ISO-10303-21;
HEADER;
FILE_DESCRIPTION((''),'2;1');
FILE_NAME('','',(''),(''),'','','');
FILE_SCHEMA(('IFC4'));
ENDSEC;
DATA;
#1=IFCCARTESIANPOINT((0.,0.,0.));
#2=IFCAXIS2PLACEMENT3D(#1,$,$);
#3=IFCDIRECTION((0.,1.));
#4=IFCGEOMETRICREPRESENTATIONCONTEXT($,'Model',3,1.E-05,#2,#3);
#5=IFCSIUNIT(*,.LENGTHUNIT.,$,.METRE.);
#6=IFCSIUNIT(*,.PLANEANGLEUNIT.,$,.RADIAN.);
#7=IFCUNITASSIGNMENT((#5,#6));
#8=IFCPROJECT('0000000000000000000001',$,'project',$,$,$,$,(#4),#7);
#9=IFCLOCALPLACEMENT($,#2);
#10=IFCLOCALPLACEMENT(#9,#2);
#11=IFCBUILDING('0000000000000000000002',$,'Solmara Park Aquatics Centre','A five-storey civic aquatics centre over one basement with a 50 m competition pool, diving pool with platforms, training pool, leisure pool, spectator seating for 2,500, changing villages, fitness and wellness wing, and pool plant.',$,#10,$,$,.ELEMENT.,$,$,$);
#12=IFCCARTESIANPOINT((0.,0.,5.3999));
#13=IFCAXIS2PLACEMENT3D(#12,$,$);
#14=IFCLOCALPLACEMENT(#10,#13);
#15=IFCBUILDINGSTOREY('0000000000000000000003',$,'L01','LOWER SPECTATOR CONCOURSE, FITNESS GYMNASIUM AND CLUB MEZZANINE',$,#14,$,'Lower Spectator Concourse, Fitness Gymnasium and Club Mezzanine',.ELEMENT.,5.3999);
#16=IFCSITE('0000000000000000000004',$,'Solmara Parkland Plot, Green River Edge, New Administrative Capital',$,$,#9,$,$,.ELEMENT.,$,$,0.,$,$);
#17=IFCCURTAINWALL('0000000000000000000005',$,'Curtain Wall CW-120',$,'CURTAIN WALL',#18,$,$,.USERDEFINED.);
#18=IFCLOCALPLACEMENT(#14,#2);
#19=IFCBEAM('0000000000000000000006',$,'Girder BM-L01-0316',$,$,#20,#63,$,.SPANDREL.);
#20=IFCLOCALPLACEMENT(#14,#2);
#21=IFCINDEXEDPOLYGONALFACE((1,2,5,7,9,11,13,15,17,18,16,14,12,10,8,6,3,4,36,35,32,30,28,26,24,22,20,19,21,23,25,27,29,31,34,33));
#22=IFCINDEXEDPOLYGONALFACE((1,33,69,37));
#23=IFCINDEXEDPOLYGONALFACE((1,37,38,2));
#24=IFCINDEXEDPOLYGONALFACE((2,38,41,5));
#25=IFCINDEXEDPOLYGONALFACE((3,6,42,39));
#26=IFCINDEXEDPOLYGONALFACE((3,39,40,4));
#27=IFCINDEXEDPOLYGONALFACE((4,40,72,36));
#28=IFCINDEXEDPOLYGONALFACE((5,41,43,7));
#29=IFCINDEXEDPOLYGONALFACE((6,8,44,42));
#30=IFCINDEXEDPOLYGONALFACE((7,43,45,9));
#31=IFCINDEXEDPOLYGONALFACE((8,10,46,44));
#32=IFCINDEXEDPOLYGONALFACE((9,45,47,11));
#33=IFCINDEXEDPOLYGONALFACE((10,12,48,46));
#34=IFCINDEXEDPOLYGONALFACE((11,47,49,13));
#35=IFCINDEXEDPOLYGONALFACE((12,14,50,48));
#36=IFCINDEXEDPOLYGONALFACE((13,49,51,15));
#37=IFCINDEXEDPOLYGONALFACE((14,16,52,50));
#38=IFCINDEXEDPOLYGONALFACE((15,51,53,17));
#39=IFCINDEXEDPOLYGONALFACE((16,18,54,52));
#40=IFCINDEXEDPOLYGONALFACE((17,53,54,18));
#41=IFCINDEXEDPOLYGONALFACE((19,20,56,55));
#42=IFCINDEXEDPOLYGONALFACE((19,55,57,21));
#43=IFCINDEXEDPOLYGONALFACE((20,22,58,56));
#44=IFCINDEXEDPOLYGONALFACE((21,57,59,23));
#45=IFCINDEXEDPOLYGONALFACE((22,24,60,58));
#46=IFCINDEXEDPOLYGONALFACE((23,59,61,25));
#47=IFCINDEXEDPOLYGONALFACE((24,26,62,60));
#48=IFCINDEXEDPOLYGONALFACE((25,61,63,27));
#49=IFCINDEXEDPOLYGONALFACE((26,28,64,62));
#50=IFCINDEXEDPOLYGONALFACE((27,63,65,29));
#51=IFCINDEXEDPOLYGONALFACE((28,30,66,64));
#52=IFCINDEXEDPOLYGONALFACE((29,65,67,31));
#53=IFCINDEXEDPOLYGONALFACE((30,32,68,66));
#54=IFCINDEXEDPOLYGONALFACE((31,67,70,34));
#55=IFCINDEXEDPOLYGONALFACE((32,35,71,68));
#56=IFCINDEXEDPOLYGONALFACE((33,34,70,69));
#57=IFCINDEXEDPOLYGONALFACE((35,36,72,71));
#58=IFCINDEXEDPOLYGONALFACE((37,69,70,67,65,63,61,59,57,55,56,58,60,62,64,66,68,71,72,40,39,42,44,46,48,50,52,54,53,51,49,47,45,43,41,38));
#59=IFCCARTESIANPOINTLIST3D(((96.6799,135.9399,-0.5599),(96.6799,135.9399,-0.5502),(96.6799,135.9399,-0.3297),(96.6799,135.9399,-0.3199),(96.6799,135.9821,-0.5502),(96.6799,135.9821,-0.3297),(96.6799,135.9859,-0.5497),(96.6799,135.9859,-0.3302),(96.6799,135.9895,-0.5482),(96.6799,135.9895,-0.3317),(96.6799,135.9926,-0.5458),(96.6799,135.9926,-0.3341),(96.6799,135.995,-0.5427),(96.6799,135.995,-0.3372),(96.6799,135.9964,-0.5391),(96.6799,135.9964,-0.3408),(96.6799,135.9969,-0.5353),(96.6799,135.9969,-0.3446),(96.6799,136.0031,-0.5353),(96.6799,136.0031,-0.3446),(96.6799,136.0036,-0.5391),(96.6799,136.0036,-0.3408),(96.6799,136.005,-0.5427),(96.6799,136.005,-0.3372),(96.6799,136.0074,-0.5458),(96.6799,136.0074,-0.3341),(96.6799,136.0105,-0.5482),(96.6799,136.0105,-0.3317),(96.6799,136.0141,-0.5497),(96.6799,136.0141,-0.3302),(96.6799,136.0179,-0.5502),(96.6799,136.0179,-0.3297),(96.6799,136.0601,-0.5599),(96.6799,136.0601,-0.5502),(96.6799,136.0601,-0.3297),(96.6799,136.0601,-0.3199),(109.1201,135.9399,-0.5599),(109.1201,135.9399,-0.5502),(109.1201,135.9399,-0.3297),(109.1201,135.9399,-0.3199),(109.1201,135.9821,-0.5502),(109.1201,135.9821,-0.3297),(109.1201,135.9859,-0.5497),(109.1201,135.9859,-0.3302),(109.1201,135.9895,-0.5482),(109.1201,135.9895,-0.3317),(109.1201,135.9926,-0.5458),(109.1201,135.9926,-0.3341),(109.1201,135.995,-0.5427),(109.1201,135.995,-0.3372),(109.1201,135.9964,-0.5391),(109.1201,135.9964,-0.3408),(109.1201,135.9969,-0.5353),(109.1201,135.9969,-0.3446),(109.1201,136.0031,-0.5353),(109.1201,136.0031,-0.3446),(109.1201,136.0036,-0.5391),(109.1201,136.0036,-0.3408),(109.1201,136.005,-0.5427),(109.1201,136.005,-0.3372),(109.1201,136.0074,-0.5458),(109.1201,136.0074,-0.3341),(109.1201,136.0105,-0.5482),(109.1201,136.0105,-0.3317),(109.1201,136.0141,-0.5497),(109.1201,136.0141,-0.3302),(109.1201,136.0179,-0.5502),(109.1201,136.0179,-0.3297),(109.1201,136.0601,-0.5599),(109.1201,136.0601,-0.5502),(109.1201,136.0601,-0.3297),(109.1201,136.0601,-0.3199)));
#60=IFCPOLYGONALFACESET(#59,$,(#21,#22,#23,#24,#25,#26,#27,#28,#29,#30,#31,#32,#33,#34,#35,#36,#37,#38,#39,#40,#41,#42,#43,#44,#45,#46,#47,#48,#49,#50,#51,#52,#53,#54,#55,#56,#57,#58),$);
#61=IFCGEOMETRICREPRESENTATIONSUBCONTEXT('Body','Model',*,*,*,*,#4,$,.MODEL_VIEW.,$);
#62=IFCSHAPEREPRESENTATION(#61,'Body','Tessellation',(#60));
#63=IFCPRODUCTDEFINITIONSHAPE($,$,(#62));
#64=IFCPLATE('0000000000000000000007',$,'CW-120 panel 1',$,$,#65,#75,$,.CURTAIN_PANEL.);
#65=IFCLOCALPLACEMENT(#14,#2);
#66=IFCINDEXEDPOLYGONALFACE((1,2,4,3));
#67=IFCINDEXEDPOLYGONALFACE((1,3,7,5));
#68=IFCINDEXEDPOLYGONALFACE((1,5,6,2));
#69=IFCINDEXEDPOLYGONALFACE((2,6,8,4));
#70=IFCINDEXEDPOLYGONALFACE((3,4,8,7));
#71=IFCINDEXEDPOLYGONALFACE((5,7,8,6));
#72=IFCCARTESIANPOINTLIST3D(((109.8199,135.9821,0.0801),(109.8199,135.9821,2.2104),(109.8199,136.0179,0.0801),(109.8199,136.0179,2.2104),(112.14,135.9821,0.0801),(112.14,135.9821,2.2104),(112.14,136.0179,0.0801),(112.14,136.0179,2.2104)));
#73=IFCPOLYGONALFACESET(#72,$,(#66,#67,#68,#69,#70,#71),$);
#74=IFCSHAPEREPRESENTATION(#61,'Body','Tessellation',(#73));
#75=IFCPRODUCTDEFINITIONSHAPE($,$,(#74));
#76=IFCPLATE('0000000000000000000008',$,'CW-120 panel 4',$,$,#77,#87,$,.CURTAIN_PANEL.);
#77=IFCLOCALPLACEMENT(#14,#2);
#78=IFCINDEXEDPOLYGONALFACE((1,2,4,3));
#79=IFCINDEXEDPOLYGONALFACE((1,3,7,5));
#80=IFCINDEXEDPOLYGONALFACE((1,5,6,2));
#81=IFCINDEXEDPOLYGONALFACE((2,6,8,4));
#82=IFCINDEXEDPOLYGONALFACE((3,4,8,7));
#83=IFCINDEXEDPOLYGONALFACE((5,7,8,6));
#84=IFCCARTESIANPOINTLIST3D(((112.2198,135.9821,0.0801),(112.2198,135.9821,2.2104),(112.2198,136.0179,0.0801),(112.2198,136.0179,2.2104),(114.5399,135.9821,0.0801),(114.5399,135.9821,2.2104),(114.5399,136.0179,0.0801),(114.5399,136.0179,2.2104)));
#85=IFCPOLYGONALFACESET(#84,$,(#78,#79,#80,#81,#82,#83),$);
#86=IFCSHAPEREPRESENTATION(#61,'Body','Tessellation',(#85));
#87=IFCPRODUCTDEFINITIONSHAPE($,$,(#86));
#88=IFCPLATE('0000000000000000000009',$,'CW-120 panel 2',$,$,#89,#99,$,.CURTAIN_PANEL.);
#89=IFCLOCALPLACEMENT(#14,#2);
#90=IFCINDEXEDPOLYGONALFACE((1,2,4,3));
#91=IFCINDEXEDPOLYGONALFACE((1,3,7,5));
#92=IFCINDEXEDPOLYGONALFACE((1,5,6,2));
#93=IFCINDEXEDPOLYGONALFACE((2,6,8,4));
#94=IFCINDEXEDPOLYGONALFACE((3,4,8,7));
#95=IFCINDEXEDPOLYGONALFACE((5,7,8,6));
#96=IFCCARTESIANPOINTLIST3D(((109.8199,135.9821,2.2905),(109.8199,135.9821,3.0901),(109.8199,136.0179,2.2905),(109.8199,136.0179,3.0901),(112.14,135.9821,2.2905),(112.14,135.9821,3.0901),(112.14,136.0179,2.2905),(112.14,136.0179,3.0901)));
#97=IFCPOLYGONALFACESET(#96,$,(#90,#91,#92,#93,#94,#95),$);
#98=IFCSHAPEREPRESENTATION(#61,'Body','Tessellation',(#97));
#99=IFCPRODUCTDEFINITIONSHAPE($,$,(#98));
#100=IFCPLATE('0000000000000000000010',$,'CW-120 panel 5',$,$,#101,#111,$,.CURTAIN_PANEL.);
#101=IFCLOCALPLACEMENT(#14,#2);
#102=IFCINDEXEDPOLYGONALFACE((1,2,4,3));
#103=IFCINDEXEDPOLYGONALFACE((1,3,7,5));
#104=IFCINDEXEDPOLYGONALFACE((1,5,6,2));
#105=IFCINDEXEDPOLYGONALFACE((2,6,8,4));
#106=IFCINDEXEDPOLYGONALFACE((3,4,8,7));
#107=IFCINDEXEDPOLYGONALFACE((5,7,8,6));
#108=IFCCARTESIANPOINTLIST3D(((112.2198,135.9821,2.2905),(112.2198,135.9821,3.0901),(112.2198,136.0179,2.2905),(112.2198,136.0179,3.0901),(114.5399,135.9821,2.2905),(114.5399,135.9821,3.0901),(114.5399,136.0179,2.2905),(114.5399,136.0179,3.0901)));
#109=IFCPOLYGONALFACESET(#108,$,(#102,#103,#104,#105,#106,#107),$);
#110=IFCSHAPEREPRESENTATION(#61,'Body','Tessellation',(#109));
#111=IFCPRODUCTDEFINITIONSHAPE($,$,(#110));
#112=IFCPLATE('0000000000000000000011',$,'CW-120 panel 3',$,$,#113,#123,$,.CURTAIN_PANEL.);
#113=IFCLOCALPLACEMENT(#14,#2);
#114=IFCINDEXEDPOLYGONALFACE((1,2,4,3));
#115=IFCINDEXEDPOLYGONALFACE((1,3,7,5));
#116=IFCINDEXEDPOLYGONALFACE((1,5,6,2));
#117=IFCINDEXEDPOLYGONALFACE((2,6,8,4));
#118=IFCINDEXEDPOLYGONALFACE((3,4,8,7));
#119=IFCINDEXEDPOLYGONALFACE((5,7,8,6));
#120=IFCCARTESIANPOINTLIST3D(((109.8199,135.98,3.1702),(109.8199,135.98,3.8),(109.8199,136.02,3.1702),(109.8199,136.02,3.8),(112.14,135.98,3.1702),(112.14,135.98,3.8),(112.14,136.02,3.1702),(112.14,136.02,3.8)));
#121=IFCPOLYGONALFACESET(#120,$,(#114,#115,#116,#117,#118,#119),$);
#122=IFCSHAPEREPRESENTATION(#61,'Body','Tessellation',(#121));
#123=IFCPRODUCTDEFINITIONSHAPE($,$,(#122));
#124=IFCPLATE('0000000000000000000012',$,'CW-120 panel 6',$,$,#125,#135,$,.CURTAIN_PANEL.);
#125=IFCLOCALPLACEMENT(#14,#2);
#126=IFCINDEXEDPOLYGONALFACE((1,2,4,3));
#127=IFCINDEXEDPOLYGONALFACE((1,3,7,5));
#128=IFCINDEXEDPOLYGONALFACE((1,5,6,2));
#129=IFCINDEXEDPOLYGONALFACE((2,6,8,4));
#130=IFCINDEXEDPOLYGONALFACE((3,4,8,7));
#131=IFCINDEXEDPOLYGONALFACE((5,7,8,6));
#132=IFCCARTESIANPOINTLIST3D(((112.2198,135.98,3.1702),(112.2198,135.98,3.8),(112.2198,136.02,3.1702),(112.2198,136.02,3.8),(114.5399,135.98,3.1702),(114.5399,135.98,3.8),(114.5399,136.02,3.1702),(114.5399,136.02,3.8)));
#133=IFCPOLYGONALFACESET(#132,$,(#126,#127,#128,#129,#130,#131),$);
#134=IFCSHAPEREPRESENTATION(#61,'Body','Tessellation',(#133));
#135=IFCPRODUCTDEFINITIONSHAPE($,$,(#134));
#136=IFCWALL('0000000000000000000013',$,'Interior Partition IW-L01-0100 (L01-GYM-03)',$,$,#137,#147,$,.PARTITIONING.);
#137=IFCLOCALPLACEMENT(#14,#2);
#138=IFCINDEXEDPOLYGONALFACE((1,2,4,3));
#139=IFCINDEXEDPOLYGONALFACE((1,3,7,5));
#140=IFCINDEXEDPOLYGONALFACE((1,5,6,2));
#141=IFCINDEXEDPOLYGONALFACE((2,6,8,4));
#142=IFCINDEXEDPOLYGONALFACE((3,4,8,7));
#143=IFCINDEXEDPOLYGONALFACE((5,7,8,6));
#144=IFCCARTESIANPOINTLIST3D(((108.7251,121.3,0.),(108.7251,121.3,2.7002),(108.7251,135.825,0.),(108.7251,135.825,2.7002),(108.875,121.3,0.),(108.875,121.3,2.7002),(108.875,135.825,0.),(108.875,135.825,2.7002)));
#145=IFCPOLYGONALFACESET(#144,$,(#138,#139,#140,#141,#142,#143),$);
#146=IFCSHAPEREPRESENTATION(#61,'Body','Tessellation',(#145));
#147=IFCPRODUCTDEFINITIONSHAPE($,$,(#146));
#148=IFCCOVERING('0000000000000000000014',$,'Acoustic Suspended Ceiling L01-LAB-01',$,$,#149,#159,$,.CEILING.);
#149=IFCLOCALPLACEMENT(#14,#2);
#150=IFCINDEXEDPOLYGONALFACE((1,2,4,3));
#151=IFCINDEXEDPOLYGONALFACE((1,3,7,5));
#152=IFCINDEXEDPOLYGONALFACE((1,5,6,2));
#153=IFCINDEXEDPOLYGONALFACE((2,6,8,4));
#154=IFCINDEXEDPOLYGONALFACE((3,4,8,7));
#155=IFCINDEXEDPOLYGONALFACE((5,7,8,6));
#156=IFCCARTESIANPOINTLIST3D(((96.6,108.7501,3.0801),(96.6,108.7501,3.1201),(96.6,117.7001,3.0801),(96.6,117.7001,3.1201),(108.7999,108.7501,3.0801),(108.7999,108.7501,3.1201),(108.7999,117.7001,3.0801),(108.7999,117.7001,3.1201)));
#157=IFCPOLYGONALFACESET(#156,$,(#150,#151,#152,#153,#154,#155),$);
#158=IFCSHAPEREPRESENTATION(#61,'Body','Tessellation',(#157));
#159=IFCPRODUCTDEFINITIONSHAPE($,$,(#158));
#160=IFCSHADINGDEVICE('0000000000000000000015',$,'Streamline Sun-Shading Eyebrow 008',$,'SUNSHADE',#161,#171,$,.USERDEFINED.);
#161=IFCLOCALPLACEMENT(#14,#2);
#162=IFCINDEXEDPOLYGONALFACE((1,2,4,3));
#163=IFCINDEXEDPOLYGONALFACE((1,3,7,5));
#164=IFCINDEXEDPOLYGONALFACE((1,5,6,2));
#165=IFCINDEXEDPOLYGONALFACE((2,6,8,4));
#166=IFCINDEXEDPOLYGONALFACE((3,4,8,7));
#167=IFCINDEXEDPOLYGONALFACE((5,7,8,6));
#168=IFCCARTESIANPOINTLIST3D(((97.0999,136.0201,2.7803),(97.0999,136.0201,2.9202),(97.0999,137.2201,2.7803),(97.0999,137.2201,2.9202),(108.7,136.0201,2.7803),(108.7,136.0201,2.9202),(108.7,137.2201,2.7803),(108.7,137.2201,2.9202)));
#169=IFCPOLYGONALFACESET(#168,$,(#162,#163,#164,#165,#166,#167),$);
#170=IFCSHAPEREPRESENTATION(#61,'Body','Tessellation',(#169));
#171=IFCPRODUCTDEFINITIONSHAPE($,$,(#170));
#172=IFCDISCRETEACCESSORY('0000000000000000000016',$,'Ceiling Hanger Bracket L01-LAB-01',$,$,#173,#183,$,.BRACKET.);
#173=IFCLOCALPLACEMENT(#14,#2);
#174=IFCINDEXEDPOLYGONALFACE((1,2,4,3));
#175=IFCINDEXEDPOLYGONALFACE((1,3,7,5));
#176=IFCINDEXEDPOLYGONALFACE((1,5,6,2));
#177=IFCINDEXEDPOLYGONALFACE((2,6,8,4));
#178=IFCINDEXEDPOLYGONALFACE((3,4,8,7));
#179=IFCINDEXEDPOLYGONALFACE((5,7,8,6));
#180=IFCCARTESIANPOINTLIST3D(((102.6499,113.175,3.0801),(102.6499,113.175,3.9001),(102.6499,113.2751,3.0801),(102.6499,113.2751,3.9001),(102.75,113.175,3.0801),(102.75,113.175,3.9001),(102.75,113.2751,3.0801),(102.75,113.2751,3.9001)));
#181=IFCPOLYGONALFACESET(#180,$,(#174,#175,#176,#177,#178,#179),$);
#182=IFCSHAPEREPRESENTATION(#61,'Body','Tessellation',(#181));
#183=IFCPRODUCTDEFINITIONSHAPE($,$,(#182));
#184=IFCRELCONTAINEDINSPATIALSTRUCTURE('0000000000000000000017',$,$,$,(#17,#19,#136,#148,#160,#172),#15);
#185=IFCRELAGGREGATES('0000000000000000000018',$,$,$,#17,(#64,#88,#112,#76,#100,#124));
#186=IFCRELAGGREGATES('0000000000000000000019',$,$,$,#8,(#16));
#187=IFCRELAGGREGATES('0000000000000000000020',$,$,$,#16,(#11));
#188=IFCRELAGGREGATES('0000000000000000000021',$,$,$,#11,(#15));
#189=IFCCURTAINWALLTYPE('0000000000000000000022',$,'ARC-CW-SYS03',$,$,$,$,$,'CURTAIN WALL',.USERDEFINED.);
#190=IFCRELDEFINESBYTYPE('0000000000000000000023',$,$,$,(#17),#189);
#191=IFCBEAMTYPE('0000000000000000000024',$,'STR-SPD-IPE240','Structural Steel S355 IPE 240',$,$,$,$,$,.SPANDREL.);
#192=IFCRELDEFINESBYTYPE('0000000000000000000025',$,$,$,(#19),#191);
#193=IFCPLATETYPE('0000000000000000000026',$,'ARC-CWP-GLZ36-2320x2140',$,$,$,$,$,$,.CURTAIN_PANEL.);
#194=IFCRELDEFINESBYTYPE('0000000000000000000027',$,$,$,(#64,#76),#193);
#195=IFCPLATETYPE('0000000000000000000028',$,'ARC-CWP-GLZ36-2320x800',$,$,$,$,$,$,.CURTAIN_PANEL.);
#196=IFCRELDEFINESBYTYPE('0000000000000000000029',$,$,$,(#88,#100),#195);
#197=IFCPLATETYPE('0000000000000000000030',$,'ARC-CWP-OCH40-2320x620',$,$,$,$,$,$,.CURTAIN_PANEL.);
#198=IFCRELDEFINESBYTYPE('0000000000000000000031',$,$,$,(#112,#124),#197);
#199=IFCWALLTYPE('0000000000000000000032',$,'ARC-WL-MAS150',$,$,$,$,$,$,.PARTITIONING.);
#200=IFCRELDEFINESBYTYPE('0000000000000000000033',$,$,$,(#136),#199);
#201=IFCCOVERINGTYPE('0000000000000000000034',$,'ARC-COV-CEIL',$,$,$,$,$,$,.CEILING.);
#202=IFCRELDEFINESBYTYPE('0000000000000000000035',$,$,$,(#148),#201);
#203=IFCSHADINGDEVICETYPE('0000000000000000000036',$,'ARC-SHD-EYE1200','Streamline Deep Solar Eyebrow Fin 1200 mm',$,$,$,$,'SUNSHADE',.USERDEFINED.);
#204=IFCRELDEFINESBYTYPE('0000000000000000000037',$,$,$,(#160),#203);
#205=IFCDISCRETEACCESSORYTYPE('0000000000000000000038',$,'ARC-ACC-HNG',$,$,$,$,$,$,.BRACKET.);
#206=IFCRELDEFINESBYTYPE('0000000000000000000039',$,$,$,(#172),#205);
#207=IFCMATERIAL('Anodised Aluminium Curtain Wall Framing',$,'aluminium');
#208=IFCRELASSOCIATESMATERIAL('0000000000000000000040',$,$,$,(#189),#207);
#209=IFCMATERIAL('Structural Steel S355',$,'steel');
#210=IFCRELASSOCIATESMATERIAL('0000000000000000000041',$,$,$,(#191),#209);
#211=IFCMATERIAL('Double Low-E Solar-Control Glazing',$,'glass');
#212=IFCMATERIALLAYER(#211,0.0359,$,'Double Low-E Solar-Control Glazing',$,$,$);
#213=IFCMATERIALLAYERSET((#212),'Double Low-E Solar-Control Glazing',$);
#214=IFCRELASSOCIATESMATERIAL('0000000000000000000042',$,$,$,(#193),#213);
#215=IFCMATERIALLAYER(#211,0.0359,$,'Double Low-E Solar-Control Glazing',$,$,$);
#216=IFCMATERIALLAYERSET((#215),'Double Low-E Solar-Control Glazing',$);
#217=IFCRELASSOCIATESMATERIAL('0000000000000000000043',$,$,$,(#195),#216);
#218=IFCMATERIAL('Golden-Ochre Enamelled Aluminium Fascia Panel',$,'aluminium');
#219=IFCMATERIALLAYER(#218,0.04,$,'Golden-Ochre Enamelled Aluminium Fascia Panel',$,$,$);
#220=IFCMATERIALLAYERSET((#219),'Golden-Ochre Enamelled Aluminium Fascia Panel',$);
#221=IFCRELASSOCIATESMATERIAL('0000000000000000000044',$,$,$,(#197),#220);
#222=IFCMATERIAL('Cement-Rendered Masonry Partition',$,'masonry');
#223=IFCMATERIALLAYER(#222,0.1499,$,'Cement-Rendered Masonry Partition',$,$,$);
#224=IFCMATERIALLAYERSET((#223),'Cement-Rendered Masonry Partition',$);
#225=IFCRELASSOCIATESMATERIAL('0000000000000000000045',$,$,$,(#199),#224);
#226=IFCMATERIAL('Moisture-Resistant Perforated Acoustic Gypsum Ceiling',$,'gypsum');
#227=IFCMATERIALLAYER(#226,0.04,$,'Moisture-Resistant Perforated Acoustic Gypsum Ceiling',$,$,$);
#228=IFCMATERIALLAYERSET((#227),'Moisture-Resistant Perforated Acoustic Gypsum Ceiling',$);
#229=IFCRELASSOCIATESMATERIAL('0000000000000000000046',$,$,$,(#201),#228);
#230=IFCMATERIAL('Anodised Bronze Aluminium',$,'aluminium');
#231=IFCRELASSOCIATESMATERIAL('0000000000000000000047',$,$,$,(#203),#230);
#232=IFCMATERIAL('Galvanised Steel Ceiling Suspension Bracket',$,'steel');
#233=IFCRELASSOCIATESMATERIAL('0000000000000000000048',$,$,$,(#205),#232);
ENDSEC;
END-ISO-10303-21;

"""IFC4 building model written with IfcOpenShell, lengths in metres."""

from ifc_helpers import new_model, si_unit, direction, frame, frame_2d, origin, origin_2d, place, context, subcontext, project, spatial, rectangle, i_section, extrude, material, layer, layer_set, material_profile, profile_set, type_object, element, aggregate, save


model = new_model("IFC4")

# Units and contexts
model_context = context("Model", 3, precision=1e-05, world=origin(), true_north=direction((0.0, 1.0)))
body_context = subcontext(model_context, "Body", "Model", "MODEL_VIEW")
ifc_project = project(units=[si_unit("LENGTHUNIT", "METRE"), si_unit("PLANEANGLEUNIT", "RADIAN")], contexts=[model_context])

# Site, building, storey
site_placement = place(None, origin())
site = spatial("IfcSite", under=ifc_project, at=site_placement, Name="Solmara Parkland Plot, Green River Edge, New Administrative Capital", CompositionType="ELEMENT", RefElevation=0.0)
building_placement = place(site_placement, origin())
building = spatial("IfcBuilding", under=site, at=building_placement, Name="Solmara Park Aquatics Centre", Description="A five-storey civic aquatics centre over one basement with a 50 m competition pool, diving pool with platforms, training pool, leisure pool, spectator seating for 2,500, changing villages, fitness and wellness wing, and pool plant.", CompositionType="ELEMENT")
storey_placement = place(building_placement, frame((0.0, 0.0, 5.3999)))
storey = spatial("IfcBuildingStorey", under=building, at=storey_placement, Name="L01", Description="LOWER SPECTATOR CONCOURSE, FITNESS GYMNASIUM AND CLUB MEZZANINE", LongName="Lower Spectator Concourse, Fitness Gymnasium and Club Mezzanine", CompositionType="ELEMENT", Elevation=5.3999)

# Shared definitions
ifc_material_1 = material(Name="Structural Steel S355", Category="steel")

# Curtain wall
ifc_material_2 = material(Name="Anodised Aluminium Curtain Wall Framing", Category="aluminium")
curtain_wall_type = type_object("IfcCurtainWallType", Name="ARC-CW-SYS03", ElementType="CURTAIN WALL", PredefinedType="USERDEFINED", material=ifc_material_2)
curtain_wall_placement = place(storey_placement, origin())
curtain_wall = element("IfcCurtainWall", 1, at=curtain_wall_placement, inside=storey, type_object=curtain_wall_type, Name="Curtain Wall CW-120", ObjectType="CURTAIN WALL", PredefinedType="USERDEFINED")

# Beam
ifc_material_profile_1 = material_profile(ifc_material_1, i_section(OverallWidth=0.1201, OverallDepth=0.24, WebThickness=0.0061, FlangeThickness=0.0098, FilletRadius=0.0149, at=origin_2d()), Name="IPE 240")
ifc_profile_set_1 = profile_set([ifc_material_profile_1], Name="Structural Steel S355")
beam_type_1 = type_object("IfcBeamType", Name="STR-SPD-IPE240", Description="Structural Steel S355 IPE 240", PredefinedType="SPANDREL", material=ifc_profile_set_1)
beam_1_placement = place(storey_placement, frame((96.6799, 136.0, -0.4399), z_axis=(1.0, 0.0, 0.0), x_axis=(0.0, 1.0, 0.0)))
element("IfcBeam", 2, at=beam_1_placement, inside=storey, type_object=beam_type_1, Name="Girder BM-L01-0316", PredefinedType="SPANDREL", context=body_context, shape_type="SweptSolid", body=[
    extrude(i_section(OverallWidth=0.1201, OverallDepth=0.24, WebThickness=0.0061, FlangeThickness=0.0098, FilletRadius=0.0149, at=origin_2d()), origin(), (0.0, 0.0, 1.0), 12.4402),
])

# Plates
ifc_material_3 = material(Name="Double Low-E Solar-Control Glazing", Category="glass")
ifc_layer_1 = layer(ifc_material_3, 0.0359, Name="Double Low-E Solar-Control Glazing")
ifc_layer_set_1 = layer_set([ifc_layer_1], Name="Double Low-E Solar-Control Glazing")
plate_type_1 = type_object("IfcPlateType", Name="ARC-CWP-GLZ36-2320x2140", PredefinedType="CURTAIN_PANEL", material=ifc_layer_set_1)
plate_1_placement = place(storey_placement, frame((110.98, 136.0, 0.0801), z_axis=(0.0, 0.0, 1.0), x_axis=(1.0, 0.0, 0.0)))
plate_1 = element("IfcPlate", 3, at=plate_1_placement, type_object=plate_type_1, Name="CW-120 panel 1", PredefinedType="CURTAIN_PANEL", context=body_context, shape_type="SweptSolid", body=[
    extrude(rectangle(XDim=2.3201, YDim=0.0359, at=origin_2d()), origin(), (0.0, 0.0, 1.0), 2.1304),
])
plate_2_placement = place(storey_placement, frame((113.3799, 136.0, 0.0801), z_axis=(0.0, 0.0, 1.0), x_axis=(1.0, 0.0, 0.0)))
plate_2 = element("IfcPlate", 4, at=plate_2_placement, type_object=plate_type_1, Name="CW-120 panel 4", PredefinedType="CURTAIN_PANEL", context=body_context, shape_type="SweptSolid", body=[
    extrude(rectangle(XDim=2.3201, YDim=0.0359, at=origin_2d()), origin(), (0.0, 0.0, 1.0), 2.1304),
])
ifc_layer_2 = layer(ifc_material_3, 0.0359, Name="Double Low-E Solar-Control Glazing")
ifc_layer_set_2 = layer_set([ifc_layer_2], Name="Double Low-E Solar-Control Glazing")
plate_type_2 = type_object("IfcPlateType", Name="ARC-CWP-GLZ36-2320x800", PredefinedType="CURTAIN_PANEL", material=ifc_layer_set_2)
plate_3_placement = place(storey_placement, frame((110.98, 136.0, 2.2905), z_axis=(0.0, 0.0, 1.0), x_axis=(1.0, 0.0, 0.0)))
plate_3 = element("IfcPlate", 5, at=plate_3_placement, type_object=plate_type_2, Name="CW-120 panel 2", PredefinedType="CURTAIN_PANEL", context=body_context, shape_type="SweptSolid", body=[
    extrude(rectangle(XDim=2.3201, YDim=0.0359, at=origin_2d()), origin(), (0.0, 0.0, 1.0), 0.7996),
])
plate_4_placement = place(storey_placement, frame((113.3799, 136.0, 2.2905), z_axis=(0.0, 0.0, 1.0), x_axis=(1.0, 0.0, 0.0)))
plate_4 = element("IfcPlate", 6, at=plate_4_placement, type_object=plate_type_2, Name="CW-120 panel 5", PredefinedType="CURTAIN_PANEL", context=body_context, shape_type="SweptSolid", body=[
    extrude(rectangle(XDim=2.3201, YDim=0.0359, at=origin_2d()), origin(), (0.0, 0.0, 1.0), 0.7996),
])
ifc_material_4 = material(Name="Golden-Ochre Enamelled Aluminium Fascia Panel", Category="aluminium")
ifc_layer_3 = layer(ifc_material_4, 0.04, Name="Golden-Ochre Enamelled Aluminium Fascia Panel")
ifc_layer_set_3 = layer_set([ifc_layer_3], Name="Golden-Ochre Enamelled Aluminium Fascia Panel")
plate_type_3 = type_object("IfcPlateType", Name="ARC-CWP-OCH40-2320x620", PredefinedType="CURTAIN_PANEL", material=ifc_layer_set_3)
plate_5_placement = place(storey_placement, frame((110.98, 136.0, 3.1702), z_axis=(0.0, 0.0, 1.0), x_axis=(1.0, 0.0, 0.0)))
plate_5 = element("IfcPlate", 7, at=plate_5_placement, type_object=plate_type_3, Name="CW-120 panel 3", PredefinedType="CURTAIN_PANEL", context=body_context, shape_type="SweptSolid", body=[
    extrude(rectangle(XDim=2.3201, YDim=0.04, at=origin_2d()), origin(), (0.0, 0.0, 1.0), 0.6299),
])
plate_6_placement = place(storey_placement, frame((113.3799, 136.0, 3.1702), z_axis=(0.0, 0.0, 1.0), x_axis=(1.0, 0.0, 0.0)))
plate_6 = element("IfcPlate", 8, at=plate_6_placement, type_object=plate_type_3, Name="CW-120 panel 6", PredefinedType="CURTAIN_PANEL", context=body_context, shape_type="SweptSolid", body=[
    extrude(rectangle(XDim=2.3201, YDim=0.04, at=origin_2d()), origin(), (0.0, 0.0, 1.0), 0.6299),
])
aggregate(curtain_wall, [plate_1, plate_3, plate_5, plate_2, plate_4, plate_6])

# Wall
ifc_material_5 = material(Name="Cement-Rendered Masonry Partition", Category="masonry")
ifc_layer_4 = layer(ifc_material_5, 0.1499, Name="Cement-Rendered Masonry Partition")
ifc_layer_set_4 = layer_set([ifc_layer_4], Name="Cement-Rendered Masonry Partition")
wall_type = type_object("IfcWallType", Name="ARC-WL-MAS150", PredefinedType="PARTITIONING", material=ifc_layer_set_4)
wall_placement = place(storey_placement, frame((108.8, 121.3, 0.0), z_axis=(0.0, 0.0, 1.0), x_axis=(0.0, 1.0, 0.0)))
element("IfcWall", 9, at=wall_placement, inside=storey, type_object=wall_type, Name="Interior Partition IW-L01-0100 (L01-GYM-03)", PredefinedType="PARTITIONING", context=body_context, shape_type="SweptSolid", body=[
    extrude(rectangle(XDim=14.5249, YDim=0.1499, at=frame_2d((7.2625, 0.0))), origin(), (0.0, 0.0, 1.0), 2.7002),
])

# Covering
ifc_material_6 = material(Name="Moisture-Resistant Perforated Acoustic Gypsum Ceiling", Category="gypsum")
ifc_layer_5 = layer(ifc_material_6, 0.04, Name="Moisture-Resistant Perforated Acoustic Gypsum Ceiling")
ifc_layer_set_5 = layer_set([ifc_layer_5], Name="Moisture-Resistant Perforated Acoustic Gypsum Ceiling")
covering_type = type_object("IfcCoveringType", Name="ARC-COV-CEIL", PredefinedType="CEILING", material=ifc_layer_set_5)
covering_placement = place(storey_placement, frame((102.7, 113.2251, 3.0801), z_axis=(0.0, 0.0, 1.0), x_axis=(1.0, 0.0, 0.0)))
element("IfcCovering", 10, at=covering_placement, inside=storey, type_object=covering_type, Name="Acoustic Suspended Ceiling L01-LAB-01", PredefinedType="CEILING", context=body_context, shape_type="SweptSolid", body=[
    extrude(rectangle(XDim=12.2, YDim=8.95, at=origin_2d()), origin(), (0.0, 0.0, 1.0), 0.04),
])

# Shading device
ifc_material_7 = material(Name="Anodised Bronze Aluminium", Category="aluminium")
shading_device_type = type_object("IfcShadingDeviceType", Name="ARC-SHD-EYE1200", Description="Streamline Deep Solar Eyebrow Fin 1200 mm", ElementType="SUNSHADE", PredefinedType="USERDEFINED", material=ifc_material_7)
shading_device_placement = place(storey_placement, frame((102.8999, 136.6201, 2.7803), z_axis=(0.0, 0.0, 1.0), x_axis=(1.0, 0.0, 0.0)))
element("IfcShadingDevice", 11, at=shading_device_placement, inside=storey, type_object=shading_device_type, Name="Streamline Sun-Shading Eyebrow 008", ObjectType="SUNSHADE", PredefinedType="USERDEFINED", context=body_context, shape_type="SweptSolid", body=[
    extrude(rectangle(XDim=11.6001, YDim=1.2, at=origin_2d()), origin(), (0.0, 0.0, 1.0), 0.1399),
])

# Discrete accessory
ifc_material_8 = material(Name="Galvanised Steel Ceiling Suspension Bracket", Category="steel")
discrete_accessory_type = type_object("IfcDiscreteAccessoryType", Name="ARC-ACC-HNG", PredefinedType="BRACKET", material=ifc_material_8)
discrete_accessory_placement = place(storey_placement, frame((102.7, 113.2251, 3.0801), z_axis=(0.0, 0.0, 1.0), x_axis=(1.0, 0.0, 0.0)))
element("IfcDiscreteAccessory", 12, at=discrete_accessory_placement, inside=storey, type_object=discrete_accessory_type, Name="Ceiling Hanger Bracket L01-LAB-01", PredefinedType="BRACKET", context=body_context, shape_type="SweptSolid", body=[
    extrude(rectangle(XDim=0.1001, YDim=0.1001, at=origin_2d()), origin(), (0.0, 0.0, 1.0), 0.8201),
])

save(model, "model.ifc")
